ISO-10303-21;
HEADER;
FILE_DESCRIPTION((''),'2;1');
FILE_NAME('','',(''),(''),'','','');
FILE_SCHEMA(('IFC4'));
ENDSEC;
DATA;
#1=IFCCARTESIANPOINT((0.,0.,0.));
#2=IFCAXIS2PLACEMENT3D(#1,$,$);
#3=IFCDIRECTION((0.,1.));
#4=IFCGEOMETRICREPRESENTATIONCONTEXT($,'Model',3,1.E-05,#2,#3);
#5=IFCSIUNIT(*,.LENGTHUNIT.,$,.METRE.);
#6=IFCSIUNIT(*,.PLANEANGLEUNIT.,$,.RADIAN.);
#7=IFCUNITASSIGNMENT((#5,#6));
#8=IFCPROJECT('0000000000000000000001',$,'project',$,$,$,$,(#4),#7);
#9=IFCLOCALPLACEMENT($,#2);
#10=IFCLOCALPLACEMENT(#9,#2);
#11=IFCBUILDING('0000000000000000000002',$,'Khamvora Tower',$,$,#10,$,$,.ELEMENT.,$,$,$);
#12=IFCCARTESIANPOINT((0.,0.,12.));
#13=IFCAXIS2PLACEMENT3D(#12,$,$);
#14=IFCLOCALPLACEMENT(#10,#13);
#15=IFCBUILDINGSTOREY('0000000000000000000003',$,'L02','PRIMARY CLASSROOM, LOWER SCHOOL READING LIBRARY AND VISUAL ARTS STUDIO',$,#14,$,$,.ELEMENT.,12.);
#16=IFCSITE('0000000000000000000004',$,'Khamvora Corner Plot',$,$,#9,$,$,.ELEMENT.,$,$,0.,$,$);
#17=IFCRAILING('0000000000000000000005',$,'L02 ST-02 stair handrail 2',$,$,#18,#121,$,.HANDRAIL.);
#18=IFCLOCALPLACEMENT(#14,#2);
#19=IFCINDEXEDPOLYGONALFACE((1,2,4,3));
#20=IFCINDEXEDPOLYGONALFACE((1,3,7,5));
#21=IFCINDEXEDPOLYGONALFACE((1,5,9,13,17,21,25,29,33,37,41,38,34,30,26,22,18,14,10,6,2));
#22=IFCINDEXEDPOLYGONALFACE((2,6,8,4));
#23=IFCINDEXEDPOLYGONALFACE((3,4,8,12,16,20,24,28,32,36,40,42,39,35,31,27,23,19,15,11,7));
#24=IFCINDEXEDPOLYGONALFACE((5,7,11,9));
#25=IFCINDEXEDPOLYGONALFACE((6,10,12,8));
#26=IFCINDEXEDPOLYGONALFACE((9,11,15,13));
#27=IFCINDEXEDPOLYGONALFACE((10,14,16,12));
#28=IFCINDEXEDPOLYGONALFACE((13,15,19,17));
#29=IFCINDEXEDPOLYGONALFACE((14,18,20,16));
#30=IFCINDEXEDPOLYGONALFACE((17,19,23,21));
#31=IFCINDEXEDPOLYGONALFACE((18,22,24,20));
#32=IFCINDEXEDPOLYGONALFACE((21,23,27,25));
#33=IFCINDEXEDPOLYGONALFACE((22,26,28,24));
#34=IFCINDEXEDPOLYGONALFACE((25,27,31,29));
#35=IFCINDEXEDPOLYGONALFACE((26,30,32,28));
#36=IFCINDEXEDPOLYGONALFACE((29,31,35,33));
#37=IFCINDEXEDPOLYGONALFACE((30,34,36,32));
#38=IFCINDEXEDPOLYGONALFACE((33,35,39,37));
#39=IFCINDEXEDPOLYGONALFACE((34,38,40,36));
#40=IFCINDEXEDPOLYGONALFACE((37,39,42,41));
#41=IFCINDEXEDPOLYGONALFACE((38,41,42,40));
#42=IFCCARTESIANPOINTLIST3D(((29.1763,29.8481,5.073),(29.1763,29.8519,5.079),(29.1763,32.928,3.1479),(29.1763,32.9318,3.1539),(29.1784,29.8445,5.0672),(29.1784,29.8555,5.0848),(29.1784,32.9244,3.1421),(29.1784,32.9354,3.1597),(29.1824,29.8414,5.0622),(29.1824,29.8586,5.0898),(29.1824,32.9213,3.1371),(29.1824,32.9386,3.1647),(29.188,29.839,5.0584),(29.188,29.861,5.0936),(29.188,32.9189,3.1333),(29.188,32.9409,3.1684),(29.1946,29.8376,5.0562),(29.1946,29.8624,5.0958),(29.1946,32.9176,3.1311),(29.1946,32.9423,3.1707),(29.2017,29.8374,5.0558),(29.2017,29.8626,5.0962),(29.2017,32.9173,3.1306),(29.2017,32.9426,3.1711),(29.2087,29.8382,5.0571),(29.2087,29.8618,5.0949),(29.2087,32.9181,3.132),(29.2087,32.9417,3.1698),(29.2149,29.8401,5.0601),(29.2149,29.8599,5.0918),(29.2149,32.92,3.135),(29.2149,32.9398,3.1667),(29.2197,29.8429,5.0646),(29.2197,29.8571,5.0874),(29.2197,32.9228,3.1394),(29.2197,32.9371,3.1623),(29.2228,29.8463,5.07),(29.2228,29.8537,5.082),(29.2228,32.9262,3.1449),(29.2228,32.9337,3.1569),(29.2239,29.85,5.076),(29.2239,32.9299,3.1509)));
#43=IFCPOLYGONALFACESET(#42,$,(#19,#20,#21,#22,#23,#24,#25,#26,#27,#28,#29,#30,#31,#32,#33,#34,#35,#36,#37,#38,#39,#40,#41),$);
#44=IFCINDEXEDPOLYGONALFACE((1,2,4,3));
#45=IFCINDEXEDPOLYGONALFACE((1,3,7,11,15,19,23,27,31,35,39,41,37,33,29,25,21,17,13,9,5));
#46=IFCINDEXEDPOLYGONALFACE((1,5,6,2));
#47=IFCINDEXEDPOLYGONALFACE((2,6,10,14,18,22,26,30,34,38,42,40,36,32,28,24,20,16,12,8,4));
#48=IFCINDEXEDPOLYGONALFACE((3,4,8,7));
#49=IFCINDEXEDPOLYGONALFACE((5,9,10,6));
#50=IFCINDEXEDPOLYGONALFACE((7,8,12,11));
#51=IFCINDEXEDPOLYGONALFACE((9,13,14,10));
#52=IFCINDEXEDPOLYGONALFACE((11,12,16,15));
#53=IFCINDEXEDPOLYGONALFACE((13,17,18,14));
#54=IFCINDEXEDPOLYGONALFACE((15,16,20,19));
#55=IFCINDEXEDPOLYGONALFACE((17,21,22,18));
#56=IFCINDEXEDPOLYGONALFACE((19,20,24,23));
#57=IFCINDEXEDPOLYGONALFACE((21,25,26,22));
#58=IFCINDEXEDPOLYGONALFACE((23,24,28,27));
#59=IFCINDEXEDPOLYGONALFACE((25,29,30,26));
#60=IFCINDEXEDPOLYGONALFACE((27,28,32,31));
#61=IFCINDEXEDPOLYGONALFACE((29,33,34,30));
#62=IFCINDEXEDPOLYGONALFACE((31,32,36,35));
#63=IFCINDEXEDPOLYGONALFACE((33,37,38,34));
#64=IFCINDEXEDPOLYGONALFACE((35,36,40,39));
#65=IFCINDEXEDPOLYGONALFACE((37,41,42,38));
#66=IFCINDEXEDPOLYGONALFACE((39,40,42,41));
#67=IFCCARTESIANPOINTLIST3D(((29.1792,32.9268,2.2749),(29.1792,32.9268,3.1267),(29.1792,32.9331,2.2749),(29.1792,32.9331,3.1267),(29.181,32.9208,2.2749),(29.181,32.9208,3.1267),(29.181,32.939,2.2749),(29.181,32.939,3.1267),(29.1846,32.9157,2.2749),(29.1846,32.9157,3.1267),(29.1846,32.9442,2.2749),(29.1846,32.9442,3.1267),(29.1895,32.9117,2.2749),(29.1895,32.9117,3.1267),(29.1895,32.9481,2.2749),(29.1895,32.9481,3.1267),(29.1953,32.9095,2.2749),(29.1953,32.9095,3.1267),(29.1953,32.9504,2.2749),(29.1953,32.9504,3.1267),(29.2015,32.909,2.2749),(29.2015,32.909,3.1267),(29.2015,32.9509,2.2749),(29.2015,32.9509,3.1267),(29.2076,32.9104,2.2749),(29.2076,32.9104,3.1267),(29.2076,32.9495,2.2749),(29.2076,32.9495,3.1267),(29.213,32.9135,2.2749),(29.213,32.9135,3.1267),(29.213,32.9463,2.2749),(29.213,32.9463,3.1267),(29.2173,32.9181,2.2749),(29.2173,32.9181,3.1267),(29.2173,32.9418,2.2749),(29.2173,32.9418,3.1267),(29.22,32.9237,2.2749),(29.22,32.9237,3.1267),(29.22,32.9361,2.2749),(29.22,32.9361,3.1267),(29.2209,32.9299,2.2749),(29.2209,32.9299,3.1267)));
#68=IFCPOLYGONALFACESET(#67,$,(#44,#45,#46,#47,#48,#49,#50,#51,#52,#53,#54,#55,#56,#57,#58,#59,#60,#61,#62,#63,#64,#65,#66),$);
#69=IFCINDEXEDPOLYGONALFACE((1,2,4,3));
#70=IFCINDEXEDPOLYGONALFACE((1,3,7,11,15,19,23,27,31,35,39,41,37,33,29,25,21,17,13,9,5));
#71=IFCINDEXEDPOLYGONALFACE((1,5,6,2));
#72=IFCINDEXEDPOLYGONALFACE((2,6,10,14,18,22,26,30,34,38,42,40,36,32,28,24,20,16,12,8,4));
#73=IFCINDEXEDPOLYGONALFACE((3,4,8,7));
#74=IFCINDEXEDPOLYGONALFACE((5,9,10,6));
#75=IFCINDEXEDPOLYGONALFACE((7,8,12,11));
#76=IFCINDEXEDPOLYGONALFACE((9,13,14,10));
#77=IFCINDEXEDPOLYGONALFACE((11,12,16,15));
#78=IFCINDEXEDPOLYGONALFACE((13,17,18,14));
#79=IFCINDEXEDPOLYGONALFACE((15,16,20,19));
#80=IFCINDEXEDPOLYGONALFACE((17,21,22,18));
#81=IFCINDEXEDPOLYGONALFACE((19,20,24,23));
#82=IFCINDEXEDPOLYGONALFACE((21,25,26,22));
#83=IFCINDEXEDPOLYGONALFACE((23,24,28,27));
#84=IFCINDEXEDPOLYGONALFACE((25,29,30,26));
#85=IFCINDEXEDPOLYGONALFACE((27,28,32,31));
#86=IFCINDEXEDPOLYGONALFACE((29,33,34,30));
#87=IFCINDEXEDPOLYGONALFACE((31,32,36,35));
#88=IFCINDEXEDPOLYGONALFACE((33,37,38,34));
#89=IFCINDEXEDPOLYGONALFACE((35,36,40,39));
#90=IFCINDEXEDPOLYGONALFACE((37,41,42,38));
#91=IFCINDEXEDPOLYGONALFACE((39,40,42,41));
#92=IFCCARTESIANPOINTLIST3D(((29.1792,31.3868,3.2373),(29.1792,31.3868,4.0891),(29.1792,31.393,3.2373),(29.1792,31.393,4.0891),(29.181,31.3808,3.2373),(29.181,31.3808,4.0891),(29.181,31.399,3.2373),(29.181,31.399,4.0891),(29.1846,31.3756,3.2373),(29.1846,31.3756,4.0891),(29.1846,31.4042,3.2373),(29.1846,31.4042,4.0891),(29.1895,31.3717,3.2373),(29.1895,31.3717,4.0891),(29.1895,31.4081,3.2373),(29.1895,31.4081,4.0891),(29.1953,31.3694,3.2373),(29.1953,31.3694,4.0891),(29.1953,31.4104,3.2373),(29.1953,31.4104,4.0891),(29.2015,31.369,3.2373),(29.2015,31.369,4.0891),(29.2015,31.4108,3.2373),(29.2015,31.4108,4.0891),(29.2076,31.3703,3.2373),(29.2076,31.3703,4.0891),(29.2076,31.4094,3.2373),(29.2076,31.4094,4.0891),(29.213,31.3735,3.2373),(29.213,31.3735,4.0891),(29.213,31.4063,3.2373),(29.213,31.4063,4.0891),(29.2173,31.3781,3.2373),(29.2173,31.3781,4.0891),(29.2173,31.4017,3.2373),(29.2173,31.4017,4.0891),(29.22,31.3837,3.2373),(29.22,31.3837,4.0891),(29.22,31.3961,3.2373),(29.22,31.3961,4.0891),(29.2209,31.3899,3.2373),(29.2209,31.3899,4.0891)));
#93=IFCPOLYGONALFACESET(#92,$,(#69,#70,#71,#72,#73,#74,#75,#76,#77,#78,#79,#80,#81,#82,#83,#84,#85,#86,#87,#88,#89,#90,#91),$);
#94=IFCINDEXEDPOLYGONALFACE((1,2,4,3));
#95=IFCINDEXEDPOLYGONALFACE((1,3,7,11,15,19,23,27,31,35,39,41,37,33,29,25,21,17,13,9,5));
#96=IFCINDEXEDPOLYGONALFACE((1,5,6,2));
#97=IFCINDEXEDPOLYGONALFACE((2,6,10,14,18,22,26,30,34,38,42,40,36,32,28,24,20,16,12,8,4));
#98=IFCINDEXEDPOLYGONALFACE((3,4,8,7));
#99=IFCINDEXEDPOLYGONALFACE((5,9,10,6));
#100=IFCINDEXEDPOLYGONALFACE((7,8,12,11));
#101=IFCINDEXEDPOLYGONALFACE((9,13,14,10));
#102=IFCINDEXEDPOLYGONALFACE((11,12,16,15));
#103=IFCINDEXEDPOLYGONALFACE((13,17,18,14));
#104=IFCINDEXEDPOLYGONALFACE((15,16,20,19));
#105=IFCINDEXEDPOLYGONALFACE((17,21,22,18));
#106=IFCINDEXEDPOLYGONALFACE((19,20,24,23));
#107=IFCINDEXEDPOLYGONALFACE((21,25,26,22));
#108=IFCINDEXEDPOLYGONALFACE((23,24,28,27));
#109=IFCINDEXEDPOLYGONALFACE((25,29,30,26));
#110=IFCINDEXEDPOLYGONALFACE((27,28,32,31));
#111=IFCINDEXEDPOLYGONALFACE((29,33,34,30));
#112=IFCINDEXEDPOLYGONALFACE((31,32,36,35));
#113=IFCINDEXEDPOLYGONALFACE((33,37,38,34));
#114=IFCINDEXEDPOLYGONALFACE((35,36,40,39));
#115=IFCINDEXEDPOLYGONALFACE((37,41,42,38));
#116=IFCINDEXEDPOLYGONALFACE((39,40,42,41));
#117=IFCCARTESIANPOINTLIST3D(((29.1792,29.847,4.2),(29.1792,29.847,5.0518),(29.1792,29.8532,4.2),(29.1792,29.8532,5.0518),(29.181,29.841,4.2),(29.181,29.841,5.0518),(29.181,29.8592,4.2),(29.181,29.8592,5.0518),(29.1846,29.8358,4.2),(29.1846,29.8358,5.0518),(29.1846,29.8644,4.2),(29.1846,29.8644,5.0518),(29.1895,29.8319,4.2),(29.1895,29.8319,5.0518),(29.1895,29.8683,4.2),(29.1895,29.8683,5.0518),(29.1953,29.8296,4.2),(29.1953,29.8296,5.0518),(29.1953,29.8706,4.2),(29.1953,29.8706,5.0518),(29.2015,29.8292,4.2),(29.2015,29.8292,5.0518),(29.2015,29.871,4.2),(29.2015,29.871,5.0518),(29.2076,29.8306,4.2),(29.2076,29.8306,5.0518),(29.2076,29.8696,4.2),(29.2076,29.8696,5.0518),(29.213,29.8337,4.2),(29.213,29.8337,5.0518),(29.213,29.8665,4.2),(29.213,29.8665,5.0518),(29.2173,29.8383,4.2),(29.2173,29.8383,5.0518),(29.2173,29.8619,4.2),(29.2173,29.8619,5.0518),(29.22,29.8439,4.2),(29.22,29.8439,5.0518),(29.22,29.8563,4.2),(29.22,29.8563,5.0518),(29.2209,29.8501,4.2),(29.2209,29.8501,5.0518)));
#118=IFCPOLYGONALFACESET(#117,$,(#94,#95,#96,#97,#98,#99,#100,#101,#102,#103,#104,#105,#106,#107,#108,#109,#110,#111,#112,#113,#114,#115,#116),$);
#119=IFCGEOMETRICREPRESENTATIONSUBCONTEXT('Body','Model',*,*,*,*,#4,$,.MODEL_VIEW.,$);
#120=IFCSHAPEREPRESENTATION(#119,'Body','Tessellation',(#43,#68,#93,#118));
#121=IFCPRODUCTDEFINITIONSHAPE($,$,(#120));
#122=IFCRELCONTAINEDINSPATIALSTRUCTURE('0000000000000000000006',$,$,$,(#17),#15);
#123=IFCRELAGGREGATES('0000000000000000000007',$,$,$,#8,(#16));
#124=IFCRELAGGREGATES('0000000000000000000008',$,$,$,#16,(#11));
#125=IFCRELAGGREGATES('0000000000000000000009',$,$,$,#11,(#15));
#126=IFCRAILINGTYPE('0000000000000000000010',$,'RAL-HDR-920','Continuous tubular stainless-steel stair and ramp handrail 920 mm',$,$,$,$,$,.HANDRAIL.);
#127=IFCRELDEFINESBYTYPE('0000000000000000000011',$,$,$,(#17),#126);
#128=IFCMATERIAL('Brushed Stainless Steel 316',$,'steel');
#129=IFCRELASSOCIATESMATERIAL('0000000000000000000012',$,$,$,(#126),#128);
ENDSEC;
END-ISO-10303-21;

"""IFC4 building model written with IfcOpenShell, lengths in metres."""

from ifc_helpers import new_model, si_unit, direction, frame, origin, origin_2d, place, context, subcontext, project, spatial, circle, extrude, material, type_object, element, save


model = new_model("IFC4")

# Units and contexts
model_context = context("Model", 3, precision=1e-05, world=origin(), true_north=direction((0.0, 1.0)))
body_context = subcontext(model_context, "Body", "Model", "MODEL_VIEW")
ifc_project = project(units=[si_unit("LENGTHUNIT", "METRE"), si_unit("PLANEANGLEUNIT", "RADIAN")], contexts=[model_context])

# Site, building, storey
site_placement = place(None, origin())
site = spatial("IfcSite", under=ifc_project, at=site_placement, Name="Khamvora Corner Plot", CompositionType="ELEMENT", RefElevation=0.0)
building_placement = place(site_placement, origin())
building = spatial("IfcBuilding", under=site, at=building_placement, Name="Khamvora Tower", CompositionType="ELEMENT")
storey_placement = place(building_placement, frame((0.0, 0.0, 12.0)))
storey = spatial("IfcBuildingStorey", under=building, at=storey_placement, Name="L02", Description="PRIMARY CLASSROOM, LOWER SCHOOL READING LIBRARY AND VISUAL ARTS STUDIO", CompositionType="ELEMENT", Elevation=12.0)

# Railing
ifc_material_1 = material(Name="Brushed Stainless Steel 316", Category="steel")
railing_type_1 = type_object("IfcRailingType", Name="RAL-HDR-920", Description="Continuous tubular stainless-steel stair and ramp handrail 920 mm", PredefinedType="HANDRAIL", material=ifc_material_1)
railing_1_placement = place(storey_placement, frame((29.2, 32.9299, 2.2749)))
element("IfcRailing", 1, at=railing_1_placement, inside=storey, type_object=railing_type_1, Name="L02 ST-02 stair handrail 2", PredefinedType="HANDRAIL", context=body_context, shape_type="SweptSolid", body=[
    extrude(circle(Radius=0.0239, at=origin_2d()), frame((0.0, 0.0, 0.876), z_axis=(0.0, -0.847979, 0.530029), x_axis=(1.0, 0.0, 0.0)), (0.0, 0.0, 1.0), 3.6321),
    extrude(circle(Radius=0.021, at=origin_2d()), origin(), (0.0, 0.0, 1.0), 0.8518),
    extrude(circle(Radius=0.021, at=origin_2d()), frame((0.0, -1.54, 0.9624)), (0.0, 0.0, 1.0), 0.8518),
    extrude(circle(Radius=0.021, at=origin_2d()), frame((0.0, -3.0798, 1.925)), (0.0, 0.0, 1.0), 0.8518),
])

save(model, "model.ifc")
